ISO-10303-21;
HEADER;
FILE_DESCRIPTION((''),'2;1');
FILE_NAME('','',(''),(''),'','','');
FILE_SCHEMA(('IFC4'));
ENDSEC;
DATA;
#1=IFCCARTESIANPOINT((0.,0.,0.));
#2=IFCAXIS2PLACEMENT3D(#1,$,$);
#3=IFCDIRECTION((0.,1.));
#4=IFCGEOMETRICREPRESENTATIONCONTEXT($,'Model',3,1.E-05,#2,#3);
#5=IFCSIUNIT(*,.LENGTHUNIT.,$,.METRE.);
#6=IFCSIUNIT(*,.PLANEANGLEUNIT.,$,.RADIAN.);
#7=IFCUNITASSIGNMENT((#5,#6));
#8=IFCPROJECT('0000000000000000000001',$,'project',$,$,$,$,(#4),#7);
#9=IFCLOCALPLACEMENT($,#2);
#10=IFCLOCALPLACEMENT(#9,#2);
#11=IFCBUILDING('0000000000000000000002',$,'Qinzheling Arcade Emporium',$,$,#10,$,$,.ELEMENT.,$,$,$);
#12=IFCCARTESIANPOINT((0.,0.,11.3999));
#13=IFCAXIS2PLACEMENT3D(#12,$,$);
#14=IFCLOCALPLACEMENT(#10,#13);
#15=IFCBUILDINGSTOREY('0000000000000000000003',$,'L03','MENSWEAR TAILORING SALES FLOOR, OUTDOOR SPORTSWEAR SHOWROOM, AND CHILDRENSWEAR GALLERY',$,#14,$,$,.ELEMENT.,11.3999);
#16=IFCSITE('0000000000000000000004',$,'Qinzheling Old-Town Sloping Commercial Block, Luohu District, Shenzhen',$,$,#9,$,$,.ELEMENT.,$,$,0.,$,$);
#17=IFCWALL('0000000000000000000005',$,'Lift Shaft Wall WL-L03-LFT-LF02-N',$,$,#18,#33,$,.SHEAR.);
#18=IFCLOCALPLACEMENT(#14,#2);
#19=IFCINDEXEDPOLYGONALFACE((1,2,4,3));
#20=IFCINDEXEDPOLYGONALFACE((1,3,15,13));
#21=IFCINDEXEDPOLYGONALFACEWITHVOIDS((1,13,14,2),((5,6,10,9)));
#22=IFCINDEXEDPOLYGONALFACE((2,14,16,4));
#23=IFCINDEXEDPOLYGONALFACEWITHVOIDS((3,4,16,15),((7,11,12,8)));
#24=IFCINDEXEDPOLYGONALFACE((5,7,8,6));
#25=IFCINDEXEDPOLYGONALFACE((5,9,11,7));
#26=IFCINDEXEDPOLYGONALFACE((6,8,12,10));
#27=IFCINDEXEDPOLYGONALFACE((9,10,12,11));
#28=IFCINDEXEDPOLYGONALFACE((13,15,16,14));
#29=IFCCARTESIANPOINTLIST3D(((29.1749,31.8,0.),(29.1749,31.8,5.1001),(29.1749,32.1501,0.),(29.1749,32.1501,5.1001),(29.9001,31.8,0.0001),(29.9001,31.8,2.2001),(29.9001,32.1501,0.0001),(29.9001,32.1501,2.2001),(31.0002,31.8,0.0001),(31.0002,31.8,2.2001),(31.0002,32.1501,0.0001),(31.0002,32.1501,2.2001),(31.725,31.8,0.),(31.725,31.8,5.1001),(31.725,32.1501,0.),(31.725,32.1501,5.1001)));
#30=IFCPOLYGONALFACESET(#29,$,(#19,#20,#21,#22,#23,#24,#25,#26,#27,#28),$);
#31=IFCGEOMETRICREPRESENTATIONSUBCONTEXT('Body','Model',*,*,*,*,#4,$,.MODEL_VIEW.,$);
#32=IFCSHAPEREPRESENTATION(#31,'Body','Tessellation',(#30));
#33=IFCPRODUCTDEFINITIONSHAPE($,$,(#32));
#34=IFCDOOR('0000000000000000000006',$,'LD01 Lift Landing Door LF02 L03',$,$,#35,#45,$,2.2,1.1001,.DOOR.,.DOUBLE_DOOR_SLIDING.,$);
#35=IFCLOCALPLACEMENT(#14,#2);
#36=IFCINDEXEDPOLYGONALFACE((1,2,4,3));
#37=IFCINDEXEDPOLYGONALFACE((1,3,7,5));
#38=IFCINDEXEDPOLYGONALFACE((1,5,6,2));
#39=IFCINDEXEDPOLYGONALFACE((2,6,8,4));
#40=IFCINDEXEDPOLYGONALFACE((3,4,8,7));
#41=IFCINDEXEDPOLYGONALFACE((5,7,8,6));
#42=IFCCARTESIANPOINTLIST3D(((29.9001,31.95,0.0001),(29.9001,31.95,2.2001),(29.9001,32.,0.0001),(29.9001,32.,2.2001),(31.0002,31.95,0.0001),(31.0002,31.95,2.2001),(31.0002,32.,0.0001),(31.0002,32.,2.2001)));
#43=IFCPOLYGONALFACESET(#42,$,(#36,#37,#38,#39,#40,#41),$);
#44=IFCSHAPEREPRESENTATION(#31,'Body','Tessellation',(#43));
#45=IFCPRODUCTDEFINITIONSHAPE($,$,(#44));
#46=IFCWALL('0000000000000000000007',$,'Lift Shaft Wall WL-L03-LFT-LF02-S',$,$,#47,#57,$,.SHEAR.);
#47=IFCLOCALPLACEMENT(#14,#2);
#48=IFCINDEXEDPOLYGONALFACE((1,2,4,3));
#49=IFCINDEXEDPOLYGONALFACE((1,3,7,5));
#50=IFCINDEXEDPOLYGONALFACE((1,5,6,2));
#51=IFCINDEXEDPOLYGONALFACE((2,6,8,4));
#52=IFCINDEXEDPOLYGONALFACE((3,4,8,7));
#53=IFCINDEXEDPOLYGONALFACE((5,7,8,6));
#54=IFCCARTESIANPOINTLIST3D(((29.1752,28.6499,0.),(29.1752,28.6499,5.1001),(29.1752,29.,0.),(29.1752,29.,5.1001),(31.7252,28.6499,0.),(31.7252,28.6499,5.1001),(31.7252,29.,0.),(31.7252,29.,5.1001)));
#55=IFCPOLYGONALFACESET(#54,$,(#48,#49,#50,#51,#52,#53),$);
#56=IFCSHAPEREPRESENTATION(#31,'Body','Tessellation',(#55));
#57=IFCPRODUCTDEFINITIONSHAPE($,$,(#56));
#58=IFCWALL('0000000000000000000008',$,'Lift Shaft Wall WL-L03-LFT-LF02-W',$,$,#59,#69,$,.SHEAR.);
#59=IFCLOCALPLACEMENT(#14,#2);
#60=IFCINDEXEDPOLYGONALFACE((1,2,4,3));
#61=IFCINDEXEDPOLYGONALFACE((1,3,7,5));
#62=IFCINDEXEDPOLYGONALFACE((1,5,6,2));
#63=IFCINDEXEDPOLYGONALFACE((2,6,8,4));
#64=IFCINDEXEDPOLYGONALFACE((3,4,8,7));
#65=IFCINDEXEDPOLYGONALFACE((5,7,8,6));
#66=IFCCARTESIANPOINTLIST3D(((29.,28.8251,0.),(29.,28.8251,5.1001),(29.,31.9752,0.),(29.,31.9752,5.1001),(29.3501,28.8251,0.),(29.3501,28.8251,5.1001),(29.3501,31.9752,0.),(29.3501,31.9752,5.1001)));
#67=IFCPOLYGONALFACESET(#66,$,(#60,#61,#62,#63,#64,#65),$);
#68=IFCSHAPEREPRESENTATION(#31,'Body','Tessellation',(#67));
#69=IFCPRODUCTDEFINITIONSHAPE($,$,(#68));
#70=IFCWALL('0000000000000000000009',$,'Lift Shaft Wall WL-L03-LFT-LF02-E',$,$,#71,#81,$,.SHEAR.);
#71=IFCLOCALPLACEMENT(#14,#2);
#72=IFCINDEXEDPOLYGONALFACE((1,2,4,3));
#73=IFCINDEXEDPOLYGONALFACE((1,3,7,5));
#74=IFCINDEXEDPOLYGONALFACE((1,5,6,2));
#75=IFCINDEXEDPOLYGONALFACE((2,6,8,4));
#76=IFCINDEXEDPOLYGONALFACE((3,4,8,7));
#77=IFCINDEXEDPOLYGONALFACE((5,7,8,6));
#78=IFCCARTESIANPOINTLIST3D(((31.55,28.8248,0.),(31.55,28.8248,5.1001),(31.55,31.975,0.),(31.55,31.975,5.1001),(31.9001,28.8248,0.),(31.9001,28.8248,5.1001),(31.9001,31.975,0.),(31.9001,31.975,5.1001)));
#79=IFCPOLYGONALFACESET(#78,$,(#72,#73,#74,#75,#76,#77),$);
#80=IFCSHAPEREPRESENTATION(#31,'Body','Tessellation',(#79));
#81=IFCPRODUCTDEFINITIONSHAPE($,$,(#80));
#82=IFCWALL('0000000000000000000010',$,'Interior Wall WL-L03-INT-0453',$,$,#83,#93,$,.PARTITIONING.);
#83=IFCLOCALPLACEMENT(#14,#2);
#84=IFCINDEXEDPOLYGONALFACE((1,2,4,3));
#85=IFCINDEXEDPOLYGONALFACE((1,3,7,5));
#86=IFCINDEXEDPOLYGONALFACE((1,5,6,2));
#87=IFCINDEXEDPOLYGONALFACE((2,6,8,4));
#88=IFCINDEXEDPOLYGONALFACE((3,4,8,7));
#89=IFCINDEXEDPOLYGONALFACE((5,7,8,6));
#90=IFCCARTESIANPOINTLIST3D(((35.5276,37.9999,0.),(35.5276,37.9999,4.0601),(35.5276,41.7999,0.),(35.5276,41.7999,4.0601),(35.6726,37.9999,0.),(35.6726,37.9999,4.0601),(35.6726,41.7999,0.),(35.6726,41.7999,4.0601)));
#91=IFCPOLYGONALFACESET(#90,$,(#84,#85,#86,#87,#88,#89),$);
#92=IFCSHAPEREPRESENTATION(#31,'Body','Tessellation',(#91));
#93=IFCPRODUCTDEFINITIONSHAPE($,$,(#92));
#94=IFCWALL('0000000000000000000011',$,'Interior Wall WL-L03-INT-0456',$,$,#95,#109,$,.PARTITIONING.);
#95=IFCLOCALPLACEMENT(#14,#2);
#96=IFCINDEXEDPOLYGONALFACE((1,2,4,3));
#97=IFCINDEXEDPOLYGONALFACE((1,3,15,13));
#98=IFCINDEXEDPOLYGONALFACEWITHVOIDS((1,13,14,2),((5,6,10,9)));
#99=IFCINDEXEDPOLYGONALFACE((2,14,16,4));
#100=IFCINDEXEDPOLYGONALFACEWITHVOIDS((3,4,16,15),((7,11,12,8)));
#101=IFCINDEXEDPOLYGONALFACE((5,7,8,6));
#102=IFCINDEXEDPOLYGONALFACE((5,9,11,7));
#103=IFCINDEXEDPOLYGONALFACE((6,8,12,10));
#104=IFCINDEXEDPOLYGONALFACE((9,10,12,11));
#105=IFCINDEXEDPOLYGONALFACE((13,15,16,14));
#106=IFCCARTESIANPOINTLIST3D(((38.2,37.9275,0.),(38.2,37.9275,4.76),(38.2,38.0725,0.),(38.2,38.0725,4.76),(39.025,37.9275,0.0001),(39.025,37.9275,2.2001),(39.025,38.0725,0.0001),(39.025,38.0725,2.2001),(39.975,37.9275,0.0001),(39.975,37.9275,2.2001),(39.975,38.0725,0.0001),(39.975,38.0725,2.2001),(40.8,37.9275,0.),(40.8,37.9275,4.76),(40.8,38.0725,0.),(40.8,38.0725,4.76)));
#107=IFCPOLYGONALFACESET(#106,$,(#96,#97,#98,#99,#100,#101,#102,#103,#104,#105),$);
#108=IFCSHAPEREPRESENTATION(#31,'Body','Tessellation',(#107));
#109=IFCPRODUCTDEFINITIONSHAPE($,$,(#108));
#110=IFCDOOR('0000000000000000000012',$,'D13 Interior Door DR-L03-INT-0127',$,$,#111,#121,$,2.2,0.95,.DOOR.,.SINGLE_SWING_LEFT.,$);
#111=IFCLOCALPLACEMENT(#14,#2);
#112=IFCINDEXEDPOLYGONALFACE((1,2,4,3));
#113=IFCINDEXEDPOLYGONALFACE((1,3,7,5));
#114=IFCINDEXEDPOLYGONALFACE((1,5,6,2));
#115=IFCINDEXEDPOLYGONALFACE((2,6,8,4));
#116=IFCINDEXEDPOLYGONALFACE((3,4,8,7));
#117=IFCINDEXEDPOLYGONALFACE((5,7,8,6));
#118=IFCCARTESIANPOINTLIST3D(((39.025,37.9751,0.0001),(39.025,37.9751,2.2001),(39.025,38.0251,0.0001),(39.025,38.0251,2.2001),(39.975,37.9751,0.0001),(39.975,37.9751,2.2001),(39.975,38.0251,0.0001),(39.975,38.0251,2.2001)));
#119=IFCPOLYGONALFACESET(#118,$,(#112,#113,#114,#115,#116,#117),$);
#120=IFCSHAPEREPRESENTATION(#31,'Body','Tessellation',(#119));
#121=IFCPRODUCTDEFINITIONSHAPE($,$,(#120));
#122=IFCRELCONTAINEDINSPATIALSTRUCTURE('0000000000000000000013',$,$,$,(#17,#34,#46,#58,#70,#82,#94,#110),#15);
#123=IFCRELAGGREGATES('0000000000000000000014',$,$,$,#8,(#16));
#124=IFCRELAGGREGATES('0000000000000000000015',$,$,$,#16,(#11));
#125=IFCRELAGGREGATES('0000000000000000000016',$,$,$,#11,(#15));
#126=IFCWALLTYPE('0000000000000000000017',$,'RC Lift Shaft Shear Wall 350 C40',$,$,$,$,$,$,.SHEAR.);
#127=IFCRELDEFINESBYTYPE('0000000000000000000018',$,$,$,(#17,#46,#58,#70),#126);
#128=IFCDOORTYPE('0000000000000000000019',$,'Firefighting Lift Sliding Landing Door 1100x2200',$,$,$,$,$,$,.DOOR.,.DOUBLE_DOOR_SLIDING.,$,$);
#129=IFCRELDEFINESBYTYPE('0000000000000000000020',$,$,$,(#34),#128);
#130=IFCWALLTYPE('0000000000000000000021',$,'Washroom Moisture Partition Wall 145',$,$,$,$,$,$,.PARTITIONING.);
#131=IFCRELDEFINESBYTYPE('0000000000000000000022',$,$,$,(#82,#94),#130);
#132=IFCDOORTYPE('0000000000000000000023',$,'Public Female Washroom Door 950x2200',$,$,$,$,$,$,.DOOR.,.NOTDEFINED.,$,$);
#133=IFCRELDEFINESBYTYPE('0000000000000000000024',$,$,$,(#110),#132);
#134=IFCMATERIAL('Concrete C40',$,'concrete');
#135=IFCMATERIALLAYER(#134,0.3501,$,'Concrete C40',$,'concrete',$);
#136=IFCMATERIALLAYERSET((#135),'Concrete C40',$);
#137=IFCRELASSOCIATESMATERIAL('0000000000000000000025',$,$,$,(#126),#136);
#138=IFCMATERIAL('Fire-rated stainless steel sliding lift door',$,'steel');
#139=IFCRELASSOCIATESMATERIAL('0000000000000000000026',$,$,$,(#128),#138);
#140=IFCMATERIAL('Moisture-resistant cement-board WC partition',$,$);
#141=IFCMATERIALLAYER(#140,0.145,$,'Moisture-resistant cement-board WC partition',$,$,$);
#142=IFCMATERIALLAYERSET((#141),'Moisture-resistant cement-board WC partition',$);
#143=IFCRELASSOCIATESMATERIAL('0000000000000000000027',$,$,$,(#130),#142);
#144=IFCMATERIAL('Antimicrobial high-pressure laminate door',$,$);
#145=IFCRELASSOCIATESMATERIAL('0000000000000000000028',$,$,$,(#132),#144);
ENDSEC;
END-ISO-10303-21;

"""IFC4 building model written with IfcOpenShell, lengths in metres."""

from ifc_helpers import new_model, si_unit, direction, frame, frame_2d, origin, place, context, subcontext, project, spatial, rectangle, extrude, material, layer, layer_set, type_object, element, fill, save


model = new_model("IFC4")

# Units and contexts
model_context = context("Model", 3, precision=1e-05, world=origin(), true_north=direction((0.0, 1.0)))
body_context = subcontext(model_context, "Body", "Model", "MODEL_VIEW")
ifc_project = project(units=[si_unit("LENGTHUNIT", "METRE"), si_unit("PLANEANGLEUNIT", "RADIAN")], contexts=[model_context])

# Site, building, storey
site_placement = place(None, origin())
site = spatial("IfcSite", under=ifc_project, at=site_placement, Name="Qinzheling Old-Town Sloping Commercial Block, Luohu District, Shenzhen", CompositionType="ELEMENT", RefElevation=0.0)
building_placement = place(site_placement, origin())
building = spatial("IfcBuilding", under=site, at=building_placement, Name="Qinzheling Arcade Emporium", CompositionType="ELEMENT")
storey_placement = place(building_placement, frame((0.0, 0.0, 11.3999)))
storey = spatial("IfcBuildingStorey", under=building, at=storey_placement, Name="L03", Description="MENSWEAR TAILORING SALES FLOOR, OUTDOOR SPORTSWEAR SHOWROOM, AND CHILDRENSWEAR GALLERY", CompositionType="ELEMENT", Elevation=11.3999)

# Shared definitions
ifc_material_1 = material(Name="Concrete C40", Category="concrete")

# Wall, opening, door
ifc_layer_1 = layer(ifc_material_1, 0.3501, Name="Concrete C40", Category="concrete")
ifc_layer_set_1 = layer_set([ifc_layer_1], Name="Concrete C40")
wall_type_1 = type_object("IfcWallType", Name="RC Lift Shaft Shear Wall 350 C40", PredefinedType="SHEAR", material=ifc_layer_set_1)
wall_1_placement = place(storey_placement, frame((29.175, 31.9751, 0.0), z_axis=(0.0, 0.0, 1.0), x_axis=(1.0, 0.0, 0.0)))
wall_1 = element("IfcWall", 1, at=wall_1_placement, inside=storey, type_object=wall_type_1, Name="Lift Shaft Wall WL-L03-LFT-LF02-N", PredefinedType="SHEAR", context=body_context, shape_type="SweptSolid", body=[
    extrude(rectangle(XDim=2.55, YDim=0.3501, at=frame_2d((1.2749, 0.0))), origin(), (0.0, 0.0, 1.0), 5.1001),
])
opening_1_placement = place(wall_1_placement, frame((0.7251, 0.0, 0.0)))
opening_1 = element("IfcOpeningElement", 2, at=opening_1_placement, cuts=wall_1, PredefinedType="OPENING", context=body_context, shape_type="SweptSolid", body=[
    extrude(rectangle(XDim=1.1001, YDim=2.2, at=frame_2d((0.55, 1.1001))), frame((0.0, 0.1851, 0.0), z_axis=(0.0, -1.0, 0.0), x_axis=(1.0, 0.0, 0.0)), (0.0, 0.0, 1.0), 0.3701),
])
ifc_material_2 = material(Name="Fire-rated stainless steel sliding lift door", Category="steel")
door_type_1 = type_object("IfcDoorType", Name="Firefighting Lift Sliding Landing Door 1100x2200", OperationType="DOUBLE_DOOR_SLIDING", PredefinedType="DOOR", material=ifc_material_2)
door_1_placement = place(opening_1_placement, origin())
door_1 = element("IfcDoor", 3, at=door_1_placement, inside=storey, type_object=door_type_1, Name="LD01 Lift Landing Door LF02 L03", OperationType="DOUBLE_DOOR_SLIDING", OverallHeight=2.2, OverallWidth=1.1001, PredefinedType="DOOR", context=body_context, shape_type="SweptSolid", body=[
    extrude(rectangle(XDim=1.1001, YDim=2.2, at=frame_2d((0.55, 1.1001))), frame((0.0, 0.0249, 0.0), z_axis=(0.0, -1.0, 0.0), x_axis=(1.0, 0.0, 0.0)), (0.0, 0.0, 1.0), 0.05),
])
fill(opening_1, door_1)

# Walls
wall_2_placement = place(storey_placement, frame((31.7251, 28.825, 0.0), z_axis=(0.0, 0.0, 1.0), x_axis=(-1.0, 0.0, 0.0)))
element("IfcWall", 4, at=wall_2_placement, inside=storey, type_object=wall_type_1, Name="Lift Shaft Wall WL-L03-LFT-LF02-S", PredefinedType="SHEAR", context=body_context, shape_type="SweptSolid", body=[
    extrude(rectangle(XDim=2.55, YDim=0.3501, at=frame_2d((1.2749, 0.0))), origin(), (0.0, 0.0, 1.0), 5.1001),
])
for number, where, z_axis, x_axis, name in (
    (5, (29.175, 28.825, 0.0), (0.0, 0.0, 1.0), (0.0, 1.0, 0.0), "Lift Shaft Wall WL-L03-LFT-LF02-W"),
    (6, (31.7251, 31.9751, 0.0), (0.0, 0.0, 1.0), (0.0, -1.0, 0.0), "Lift Shaft Wall WL-L03-LFT-LF02-E"),
):
    element("IfcWall", number, at=place(storey_placement, frame(where, z_axis=z_axis, x_axis=x_axis)), inside=storey, type_object=wall_type_1, Name=name, PredefinedType="SHEAR", context=body_context, shape_type="SweptSolid", body=[
        extrude(rectangle(XDim=3.1501, YDim=0.3501, at=frame_2d((1.5752, 0.0))), origin(), (0.0, 0.0, 1.0), 5.1001),
    ])

# Shared definitions
ifc_material_3 = material(Name="Moisture-resistant cement-board WC partition")
ifc_layer_2 = layer(ifc_material_3, 0.145, Name="Moisture-resistant cement-board WC partition")
ifc_layer_set_2 = layer_set([ifc_layer_2], Name="Moisture-resistant cement-board WC partition")
wall_type_2 = type_object("IfcWallType", Name="Washroom Moisture Partition Wall 145", PredefinedType="PARTITIONING", material=ifc_layer_set_2)
ifc_material_4 = material(Name="Antimicrobial high-pressure laminate door")

# Wall
wall_3_placement = place(storey_placement, frame((35.6001, 38.0, 0.0), z_axis=(0.0, 0.0, 1.0), x_axis=(0.0, 1.0, 0.0)))
element("IfcWall", 7, at=wall_3_placement, inside=storey, type_object=wall_type_2, Name="Interior Wall WL-L03-INT-0453", PredefinedType="PARTITIONING", context=body_context, shape_type="SweptSolid", body=[
    extrude(rectangle(XDim=3.8, YDim=0.145, at=frame_2d((1.8999, 0.0))), origin(), (0.0, 0.0, 1.0), 4.0601),
])

# Wall, opening, door
wall_4_placement = place(storey_placement, frame((40.8, 38.0, 0.0), z_axis=(0.0, 0.0, 1.0), x_axis=(-1.0, 0.0, 0.0)))
wall_4 = element("IfcWall", 8, at=wall_4_placement, inside=storey, type_object=wall_type_2, Name="Interior Wall WL-L03-INT-0456", PredefinedType="PARTITIONING", context=body_context, shape_type="SweptSolid", body=[
    extrude(rectangle(XDim=2.6001, YDim=0.145, at=frame_2d((1.3, 0.0))), origin(), (0.0, 0.0, 1.0), 4.76),
])
opening_2_placement = place(wall_4_placement, frame((0.825, 0.0, 0.0)))
opening_2 = element("IfcOpeningElement", 9, at=opening_2_placement, cuts=wall_4, PredefinedType="OPENING", context=body_context, shape_type="SweptSolid", body=[
    extrude(rectangle(XDim=0.95, YDim=2.2, at=frame_2d((0.4751, 1.1001))), frame((0.0, 0.0825, 0.0), z_axis=(0.0, -1.0, 0.0), x_axis=(1.0, 0.0, 0.0)), (0.0, 0.0, 1.0), 0.165),
])
door_type_2 = type_object("IfcDoorType", Name="Public Female Washroom Door 950x2200", OperationType="NOTDEFINED", PredefinedType="DOOR", material=ifc_material_4)
door_2_placement = place(opening_2_placement, origin())
door_2 = element("IfcDoor", 10, at=door_2_placement, inside=storey, type_object=door_type_2, Name="D13 Interior Door DR-L03-INT-0127", OperationType="SINGLE_SWING_LEFT", OverallHeight=2.2, OverallWidth=0.95, PredefinedType="DOOR", context=body_context, shape_type="SweptSolid", body=[
    extrude(rectangle(XDim=0.95, YDim=2.2, at=frame_2d((0.4751, 1.1001))), frame((0.0, 0.0249, 0.0), z_axis=(0.0, -1.0, 0.0), x_axis=(1.0, 0.0, 0.0)), (0.0, 0.0, 1.0), 0.05),
])
fill(opening_2, door_2)

save(model, "model.ifc")
